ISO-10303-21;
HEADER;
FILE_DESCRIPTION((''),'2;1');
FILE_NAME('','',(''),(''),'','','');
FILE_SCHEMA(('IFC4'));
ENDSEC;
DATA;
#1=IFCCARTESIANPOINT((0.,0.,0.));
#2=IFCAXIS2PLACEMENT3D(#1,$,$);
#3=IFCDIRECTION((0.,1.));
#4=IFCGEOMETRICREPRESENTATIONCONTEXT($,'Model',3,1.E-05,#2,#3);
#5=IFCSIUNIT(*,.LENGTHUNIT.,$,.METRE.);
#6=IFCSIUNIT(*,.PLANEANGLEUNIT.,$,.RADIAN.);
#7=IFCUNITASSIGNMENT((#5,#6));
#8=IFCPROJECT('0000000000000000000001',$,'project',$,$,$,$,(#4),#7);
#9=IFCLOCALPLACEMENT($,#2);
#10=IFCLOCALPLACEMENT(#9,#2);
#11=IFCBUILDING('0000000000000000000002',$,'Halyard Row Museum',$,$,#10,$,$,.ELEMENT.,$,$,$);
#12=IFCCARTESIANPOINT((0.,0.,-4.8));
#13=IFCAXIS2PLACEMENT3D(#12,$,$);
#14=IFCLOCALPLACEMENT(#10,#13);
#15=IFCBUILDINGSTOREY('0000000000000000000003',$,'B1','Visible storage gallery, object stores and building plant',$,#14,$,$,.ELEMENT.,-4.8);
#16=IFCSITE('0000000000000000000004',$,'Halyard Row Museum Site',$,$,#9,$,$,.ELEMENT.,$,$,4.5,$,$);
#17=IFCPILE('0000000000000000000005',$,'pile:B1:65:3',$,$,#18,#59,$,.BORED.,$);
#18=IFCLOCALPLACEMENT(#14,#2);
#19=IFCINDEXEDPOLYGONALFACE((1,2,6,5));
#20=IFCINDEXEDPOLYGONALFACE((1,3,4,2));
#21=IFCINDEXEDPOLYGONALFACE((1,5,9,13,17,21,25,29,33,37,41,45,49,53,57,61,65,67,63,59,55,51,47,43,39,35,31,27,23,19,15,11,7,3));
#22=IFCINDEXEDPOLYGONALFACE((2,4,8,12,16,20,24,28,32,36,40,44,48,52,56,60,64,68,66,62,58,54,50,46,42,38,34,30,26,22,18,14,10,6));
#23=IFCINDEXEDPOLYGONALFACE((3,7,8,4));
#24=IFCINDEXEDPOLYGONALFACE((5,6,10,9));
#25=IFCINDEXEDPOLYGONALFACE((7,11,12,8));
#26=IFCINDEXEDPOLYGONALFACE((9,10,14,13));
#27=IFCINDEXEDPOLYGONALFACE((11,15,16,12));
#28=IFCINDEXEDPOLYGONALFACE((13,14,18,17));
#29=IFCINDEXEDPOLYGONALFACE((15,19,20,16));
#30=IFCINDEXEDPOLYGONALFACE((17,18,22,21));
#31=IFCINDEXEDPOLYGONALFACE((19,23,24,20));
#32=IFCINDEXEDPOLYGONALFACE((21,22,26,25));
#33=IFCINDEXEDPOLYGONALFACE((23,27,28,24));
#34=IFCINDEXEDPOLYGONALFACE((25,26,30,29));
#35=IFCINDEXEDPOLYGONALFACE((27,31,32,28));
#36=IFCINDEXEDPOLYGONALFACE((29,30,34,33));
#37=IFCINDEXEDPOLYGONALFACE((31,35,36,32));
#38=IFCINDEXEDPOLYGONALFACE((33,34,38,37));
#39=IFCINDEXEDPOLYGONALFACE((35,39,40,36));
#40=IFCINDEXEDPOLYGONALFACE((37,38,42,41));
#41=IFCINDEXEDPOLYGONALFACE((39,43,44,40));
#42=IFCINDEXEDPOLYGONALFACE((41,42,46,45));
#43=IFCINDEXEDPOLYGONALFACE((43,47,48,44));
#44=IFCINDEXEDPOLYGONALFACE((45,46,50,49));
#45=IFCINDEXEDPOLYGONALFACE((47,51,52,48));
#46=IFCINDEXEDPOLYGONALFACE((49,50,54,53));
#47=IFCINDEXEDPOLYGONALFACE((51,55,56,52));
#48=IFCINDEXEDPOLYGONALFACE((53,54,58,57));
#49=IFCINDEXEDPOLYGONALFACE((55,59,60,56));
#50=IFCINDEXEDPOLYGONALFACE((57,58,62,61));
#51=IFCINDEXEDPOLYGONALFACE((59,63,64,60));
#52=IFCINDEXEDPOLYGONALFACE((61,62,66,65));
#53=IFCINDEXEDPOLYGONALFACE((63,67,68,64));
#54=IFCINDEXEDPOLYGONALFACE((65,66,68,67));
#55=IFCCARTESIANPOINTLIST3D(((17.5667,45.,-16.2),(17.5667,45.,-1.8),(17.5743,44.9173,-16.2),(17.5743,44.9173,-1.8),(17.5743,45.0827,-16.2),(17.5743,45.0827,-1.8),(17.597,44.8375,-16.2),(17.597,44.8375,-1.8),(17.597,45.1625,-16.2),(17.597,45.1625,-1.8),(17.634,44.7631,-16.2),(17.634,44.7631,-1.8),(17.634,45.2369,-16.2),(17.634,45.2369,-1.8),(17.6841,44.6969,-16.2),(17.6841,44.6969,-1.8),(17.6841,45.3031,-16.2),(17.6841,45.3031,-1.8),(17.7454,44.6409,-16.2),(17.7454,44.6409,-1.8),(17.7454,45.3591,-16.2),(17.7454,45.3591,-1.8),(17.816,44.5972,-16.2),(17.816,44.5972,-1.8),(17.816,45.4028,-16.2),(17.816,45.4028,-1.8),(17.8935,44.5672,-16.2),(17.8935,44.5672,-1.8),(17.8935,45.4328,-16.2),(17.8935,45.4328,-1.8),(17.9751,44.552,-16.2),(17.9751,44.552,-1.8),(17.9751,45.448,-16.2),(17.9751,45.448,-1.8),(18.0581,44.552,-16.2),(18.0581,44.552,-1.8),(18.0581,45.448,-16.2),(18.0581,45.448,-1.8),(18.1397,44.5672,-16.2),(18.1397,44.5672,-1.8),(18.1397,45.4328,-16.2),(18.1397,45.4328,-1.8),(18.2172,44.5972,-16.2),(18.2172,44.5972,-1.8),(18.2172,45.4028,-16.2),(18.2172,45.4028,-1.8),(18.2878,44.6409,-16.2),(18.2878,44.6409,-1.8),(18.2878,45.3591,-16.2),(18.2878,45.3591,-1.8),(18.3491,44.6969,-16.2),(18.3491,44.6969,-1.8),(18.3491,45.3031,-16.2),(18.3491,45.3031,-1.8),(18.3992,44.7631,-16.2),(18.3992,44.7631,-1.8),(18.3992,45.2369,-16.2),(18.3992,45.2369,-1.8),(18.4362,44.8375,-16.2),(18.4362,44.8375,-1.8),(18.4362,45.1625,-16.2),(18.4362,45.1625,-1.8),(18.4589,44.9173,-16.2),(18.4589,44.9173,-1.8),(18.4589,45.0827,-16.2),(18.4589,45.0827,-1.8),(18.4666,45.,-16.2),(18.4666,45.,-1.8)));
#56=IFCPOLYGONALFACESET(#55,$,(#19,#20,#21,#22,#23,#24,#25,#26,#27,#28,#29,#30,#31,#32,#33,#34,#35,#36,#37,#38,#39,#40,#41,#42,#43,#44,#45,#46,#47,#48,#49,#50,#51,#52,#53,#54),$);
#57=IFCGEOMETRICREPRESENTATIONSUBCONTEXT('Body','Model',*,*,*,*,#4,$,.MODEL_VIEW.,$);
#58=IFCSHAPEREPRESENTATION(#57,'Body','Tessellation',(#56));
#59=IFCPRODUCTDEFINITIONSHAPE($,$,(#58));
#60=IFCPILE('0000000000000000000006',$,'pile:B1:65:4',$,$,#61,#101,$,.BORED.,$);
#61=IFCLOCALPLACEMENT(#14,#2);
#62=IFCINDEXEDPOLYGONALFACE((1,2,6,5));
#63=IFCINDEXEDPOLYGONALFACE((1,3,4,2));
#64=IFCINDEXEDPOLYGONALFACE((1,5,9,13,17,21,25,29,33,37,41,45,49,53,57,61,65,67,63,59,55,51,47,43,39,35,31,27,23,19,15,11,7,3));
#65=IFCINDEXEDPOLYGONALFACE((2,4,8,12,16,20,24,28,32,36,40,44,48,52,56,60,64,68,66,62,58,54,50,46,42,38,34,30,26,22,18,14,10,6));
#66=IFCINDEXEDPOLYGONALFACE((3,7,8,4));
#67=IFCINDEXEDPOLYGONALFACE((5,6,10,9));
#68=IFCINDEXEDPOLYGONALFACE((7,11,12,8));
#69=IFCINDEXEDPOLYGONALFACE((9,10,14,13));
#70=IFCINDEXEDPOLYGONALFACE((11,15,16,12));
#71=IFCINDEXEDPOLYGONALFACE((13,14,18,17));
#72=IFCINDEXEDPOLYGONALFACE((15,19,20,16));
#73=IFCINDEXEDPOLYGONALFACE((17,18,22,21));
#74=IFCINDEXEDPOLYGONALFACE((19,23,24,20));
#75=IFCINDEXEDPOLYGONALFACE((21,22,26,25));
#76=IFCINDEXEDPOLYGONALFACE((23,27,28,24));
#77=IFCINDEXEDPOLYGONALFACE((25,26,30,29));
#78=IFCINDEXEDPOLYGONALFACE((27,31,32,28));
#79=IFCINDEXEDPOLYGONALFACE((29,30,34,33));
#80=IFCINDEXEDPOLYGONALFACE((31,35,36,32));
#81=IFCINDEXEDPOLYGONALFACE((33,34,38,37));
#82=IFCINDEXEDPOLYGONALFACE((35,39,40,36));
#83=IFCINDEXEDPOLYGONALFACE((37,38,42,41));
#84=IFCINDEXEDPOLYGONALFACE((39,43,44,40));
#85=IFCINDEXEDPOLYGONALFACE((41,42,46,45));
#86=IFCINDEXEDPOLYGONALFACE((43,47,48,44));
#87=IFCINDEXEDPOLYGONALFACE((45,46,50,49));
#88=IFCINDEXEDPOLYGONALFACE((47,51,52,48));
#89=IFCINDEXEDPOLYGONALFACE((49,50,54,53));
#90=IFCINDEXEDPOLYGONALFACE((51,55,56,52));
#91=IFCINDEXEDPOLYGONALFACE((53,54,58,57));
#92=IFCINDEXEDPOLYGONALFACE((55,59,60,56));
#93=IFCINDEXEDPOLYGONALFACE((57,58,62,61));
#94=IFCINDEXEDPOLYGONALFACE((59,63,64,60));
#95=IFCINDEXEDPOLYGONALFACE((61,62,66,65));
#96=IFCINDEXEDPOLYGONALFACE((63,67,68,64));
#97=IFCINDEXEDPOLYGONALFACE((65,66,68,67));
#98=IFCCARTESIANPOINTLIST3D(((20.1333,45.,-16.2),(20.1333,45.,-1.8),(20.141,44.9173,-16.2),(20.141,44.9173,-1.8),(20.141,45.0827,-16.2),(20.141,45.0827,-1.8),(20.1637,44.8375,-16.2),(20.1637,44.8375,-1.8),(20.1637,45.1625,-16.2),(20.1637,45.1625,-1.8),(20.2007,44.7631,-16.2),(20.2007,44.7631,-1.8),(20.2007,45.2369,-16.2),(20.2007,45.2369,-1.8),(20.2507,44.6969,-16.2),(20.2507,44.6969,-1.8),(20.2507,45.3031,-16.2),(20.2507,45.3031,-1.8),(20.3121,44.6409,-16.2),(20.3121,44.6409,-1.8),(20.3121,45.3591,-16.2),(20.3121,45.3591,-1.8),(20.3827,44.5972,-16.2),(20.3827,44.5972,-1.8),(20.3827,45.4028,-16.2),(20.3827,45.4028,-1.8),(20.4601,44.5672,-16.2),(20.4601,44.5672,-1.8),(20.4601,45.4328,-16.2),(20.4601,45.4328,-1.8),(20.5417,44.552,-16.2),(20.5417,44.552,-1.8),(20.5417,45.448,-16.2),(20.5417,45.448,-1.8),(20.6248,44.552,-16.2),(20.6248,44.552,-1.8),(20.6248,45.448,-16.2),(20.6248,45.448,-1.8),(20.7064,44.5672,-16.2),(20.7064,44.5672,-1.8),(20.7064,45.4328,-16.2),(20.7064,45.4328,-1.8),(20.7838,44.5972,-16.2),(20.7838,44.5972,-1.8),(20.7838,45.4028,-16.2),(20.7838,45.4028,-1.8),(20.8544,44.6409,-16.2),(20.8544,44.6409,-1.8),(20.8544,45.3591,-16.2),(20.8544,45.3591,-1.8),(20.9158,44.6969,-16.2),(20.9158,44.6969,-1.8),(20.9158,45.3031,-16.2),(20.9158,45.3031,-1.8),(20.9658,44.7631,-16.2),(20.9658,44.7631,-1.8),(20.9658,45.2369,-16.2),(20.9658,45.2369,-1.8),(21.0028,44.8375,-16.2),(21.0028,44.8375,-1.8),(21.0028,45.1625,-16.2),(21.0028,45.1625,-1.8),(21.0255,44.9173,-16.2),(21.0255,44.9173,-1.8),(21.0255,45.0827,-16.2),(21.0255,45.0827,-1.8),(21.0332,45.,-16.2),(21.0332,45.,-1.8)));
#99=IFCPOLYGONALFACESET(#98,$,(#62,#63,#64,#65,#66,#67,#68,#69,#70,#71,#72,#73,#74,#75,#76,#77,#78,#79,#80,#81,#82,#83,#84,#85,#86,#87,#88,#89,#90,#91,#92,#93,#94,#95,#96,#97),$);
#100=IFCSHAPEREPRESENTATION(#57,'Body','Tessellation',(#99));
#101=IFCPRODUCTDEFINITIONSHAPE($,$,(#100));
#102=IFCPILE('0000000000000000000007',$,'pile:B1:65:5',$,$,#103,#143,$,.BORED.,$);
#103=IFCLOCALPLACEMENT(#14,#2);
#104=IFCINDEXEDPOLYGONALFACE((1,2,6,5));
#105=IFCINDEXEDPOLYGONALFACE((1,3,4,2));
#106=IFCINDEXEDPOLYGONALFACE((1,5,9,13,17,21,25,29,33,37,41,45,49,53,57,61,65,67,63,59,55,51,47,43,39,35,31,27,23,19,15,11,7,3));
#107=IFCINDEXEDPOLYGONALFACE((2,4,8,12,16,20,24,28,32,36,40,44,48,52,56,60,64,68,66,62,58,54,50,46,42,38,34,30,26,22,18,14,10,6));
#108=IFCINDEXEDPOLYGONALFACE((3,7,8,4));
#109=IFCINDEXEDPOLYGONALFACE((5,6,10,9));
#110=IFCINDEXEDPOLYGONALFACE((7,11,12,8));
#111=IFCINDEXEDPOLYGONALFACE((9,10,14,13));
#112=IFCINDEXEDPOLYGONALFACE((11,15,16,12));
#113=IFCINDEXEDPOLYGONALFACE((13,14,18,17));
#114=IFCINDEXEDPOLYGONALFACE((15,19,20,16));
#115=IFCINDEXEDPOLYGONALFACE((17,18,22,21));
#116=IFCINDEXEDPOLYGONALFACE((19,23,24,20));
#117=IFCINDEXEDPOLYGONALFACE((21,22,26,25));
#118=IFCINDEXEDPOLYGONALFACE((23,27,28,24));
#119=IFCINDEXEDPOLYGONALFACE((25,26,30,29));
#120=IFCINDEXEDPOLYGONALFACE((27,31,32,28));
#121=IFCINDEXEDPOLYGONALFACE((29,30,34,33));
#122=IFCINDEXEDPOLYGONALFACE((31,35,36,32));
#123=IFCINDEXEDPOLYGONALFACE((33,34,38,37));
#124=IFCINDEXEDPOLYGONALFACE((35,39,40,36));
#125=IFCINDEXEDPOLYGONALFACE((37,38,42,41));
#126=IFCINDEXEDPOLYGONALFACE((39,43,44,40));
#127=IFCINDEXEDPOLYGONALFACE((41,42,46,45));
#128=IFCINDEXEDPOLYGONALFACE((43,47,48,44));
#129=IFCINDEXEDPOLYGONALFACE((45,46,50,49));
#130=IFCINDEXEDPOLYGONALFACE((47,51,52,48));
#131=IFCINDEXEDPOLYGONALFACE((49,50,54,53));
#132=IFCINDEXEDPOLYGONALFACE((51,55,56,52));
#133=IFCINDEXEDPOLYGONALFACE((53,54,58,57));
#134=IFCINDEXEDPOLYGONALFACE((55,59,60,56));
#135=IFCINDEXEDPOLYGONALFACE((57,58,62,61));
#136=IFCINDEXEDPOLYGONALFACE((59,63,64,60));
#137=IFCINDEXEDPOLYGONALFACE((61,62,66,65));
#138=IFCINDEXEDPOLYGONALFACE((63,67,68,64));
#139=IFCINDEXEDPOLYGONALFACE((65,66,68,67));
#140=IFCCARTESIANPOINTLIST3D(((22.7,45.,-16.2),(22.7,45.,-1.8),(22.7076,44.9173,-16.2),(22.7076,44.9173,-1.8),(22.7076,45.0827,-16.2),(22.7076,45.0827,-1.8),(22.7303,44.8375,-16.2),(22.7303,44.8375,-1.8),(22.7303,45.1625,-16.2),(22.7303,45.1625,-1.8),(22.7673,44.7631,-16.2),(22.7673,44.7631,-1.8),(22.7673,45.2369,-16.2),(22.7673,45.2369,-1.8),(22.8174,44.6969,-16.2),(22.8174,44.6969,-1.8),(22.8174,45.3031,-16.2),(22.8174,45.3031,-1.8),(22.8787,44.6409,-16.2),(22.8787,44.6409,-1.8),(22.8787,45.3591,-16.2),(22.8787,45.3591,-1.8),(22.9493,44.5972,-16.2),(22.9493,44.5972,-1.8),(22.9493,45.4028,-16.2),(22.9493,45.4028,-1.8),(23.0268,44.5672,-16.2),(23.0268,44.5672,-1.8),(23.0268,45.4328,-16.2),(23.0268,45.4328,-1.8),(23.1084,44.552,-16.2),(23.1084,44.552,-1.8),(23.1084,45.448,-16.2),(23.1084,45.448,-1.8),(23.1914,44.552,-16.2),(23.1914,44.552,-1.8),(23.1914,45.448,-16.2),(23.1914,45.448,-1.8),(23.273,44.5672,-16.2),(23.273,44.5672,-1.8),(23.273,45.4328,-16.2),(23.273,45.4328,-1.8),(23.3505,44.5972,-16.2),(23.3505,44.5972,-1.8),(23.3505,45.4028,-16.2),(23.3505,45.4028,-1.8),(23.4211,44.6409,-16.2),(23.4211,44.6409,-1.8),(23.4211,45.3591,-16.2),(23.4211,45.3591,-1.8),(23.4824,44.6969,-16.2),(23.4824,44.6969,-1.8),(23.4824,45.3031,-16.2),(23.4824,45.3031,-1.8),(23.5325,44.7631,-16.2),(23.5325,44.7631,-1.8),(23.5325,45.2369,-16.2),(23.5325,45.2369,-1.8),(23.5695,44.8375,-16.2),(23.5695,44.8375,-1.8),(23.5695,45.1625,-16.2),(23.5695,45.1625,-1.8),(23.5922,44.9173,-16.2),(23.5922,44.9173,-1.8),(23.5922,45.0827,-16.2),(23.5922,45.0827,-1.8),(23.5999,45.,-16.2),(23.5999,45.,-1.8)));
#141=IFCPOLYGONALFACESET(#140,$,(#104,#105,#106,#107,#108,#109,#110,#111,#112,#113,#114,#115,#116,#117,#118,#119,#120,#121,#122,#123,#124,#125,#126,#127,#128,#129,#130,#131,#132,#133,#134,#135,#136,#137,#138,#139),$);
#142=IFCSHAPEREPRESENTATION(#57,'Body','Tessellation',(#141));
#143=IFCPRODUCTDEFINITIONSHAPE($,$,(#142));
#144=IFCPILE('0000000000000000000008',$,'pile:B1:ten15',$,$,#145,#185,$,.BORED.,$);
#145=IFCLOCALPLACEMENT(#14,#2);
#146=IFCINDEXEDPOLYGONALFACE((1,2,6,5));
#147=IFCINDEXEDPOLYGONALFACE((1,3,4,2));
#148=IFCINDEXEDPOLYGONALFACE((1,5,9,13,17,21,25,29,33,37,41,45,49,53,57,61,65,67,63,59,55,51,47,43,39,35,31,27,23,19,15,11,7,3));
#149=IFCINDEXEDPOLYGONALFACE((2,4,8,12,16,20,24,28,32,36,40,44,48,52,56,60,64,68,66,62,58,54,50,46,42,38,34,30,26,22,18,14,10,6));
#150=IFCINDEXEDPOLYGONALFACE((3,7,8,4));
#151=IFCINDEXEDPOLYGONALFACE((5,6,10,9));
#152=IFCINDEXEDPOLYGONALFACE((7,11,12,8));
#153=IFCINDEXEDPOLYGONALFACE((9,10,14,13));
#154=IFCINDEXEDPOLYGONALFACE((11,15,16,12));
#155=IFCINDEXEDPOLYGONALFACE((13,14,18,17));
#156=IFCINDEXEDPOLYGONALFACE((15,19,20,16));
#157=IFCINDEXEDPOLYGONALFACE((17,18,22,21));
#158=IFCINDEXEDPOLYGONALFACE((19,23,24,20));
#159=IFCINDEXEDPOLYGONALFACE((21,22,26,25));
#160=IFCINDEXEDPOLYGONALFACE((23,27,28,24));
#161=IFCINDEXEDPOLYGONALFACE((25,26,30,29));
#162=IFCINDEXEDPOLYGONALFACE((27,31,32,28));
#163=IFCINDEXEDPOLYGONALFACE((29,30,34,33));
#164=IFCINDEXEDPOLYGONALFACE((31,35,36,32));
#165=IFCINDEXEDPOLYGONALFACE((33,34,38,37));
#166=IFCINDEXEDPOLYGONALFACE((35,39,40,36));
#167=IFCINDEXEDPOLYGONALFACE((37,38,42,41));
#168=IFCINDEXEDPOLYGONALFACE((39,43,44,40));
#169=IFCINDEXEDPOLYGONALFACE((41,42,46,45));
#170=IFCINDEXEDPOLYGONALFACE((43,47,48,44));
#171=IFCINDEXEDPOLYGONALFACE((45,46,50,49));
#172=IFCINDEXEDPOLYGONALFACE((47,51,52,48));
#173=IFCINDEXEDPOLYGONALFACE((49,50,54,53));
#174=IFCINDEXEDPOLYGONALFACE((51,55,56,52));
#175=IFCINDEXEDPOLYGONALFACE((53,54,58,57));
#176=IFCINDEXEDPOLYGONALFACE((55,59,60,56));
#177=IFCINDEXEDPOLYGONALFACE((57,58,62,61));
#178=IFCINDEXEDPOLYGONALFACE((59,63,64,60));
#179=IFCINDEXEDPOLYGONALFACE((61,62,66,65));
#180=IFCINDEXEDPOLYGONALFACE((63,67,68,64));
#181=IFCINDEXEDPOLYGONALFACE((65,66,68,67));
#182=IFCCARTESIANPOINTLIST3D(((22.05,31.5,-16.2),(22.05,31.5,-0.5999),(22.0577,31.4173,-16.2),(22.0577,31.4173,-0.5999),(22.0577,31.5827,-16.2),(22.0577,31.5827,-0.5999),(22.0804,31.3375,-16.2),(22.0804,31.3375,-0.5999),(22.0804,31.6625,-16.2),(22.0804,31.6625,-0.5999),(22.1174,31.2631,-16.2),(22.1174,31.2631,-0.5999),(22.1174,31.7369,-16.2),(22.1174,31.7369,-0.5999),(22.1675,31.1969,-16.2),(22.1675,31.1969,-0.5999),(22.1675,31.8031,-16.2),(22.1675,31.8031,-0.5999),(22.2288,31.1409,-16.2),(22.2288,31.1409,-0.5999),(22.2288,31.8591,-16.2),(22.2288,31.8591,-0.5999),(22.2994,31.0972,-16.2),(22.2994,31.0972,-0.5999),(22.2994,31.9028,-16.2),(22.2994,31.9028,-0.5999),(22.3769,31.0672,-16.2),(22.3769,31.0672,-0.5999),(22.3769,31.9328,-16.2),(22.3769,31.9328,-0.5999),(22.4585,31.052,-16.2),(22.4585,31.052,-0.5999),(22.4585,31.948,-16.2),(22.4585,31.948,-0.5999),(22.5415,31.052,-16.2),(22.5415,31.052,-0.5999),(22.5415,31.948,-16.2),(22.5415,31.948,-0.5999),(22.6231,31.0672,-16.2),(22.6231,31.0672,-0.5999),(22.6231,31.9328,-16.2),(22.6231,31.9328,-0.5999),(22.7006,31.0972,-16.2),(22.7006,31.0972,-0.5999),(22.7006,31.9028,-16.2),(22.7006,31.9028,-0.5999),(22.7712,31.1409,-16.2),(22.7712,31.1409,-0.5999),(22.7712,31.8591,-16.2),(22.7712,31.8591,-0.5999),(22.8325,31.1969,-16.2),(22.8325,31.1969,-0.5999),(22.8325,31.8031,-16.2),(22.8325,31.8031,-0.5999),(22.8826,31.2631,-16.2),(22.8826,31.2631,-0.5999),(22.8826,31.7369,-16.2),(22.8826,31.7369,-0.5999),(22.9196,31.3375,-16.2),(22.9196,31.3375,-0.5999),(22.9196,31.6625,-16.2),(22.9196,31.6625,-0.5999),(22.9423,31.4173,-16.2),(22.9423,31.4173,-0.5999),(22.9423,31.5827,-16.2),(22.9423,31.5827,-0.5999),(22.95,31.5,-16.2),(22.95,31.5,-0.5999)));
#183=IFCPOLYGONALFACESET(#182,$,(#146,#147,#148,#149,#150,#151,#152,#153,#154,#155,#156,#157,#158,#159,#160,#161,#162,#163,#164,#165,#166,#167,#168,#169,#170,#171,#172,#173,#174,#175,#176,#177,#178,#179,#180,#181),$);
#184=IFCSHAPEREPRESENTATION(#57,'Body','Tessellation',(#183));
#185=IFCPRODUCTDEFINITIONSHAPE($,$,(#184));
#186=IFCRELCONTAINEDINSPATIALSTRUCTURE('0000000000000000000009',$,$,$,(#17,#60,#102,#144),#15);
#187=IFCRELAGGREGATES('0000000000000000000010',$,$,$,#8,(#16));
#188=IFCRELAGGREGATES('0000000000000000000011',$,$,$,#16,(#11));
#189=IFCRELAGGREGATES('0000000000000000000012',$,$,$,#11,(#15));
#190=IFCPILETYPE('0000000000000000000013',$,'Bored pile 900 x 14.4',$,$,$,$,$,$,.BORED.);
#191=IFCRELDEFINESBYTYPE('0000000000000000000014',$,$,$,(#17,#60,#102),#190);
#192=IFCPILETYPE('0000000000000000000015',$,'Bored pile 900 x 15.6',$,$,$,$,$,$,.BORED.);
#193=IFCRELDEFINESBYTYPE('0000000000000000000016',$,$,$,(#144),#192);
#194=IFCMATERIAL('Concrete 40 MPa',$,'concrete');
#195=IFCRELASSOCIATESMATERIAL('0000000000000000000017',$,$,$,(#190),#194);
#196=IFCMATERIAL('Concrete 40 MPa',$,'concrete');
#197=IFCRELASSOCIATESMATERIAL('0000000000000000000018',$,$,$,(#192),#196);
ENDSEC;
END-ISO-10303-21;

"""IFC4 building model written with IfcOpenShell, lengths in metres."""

from ifc_helpers import new_model, si_unit, direction, frame, origin, origin_2d, place, context, subcontext, project, spatial, circle, extrude, material, material_profile, profile_set, type_object, element, save


model = new_model("IFC4")

# Units and contexts
model_context = context("Model", 3, precision=1e-05, world=origin(), true_north=direction((0.0, 1.0)))
body_context = subcontext(model_context, "Body", "Model", "MODEL_VIEW")
ifc_project = project(units=[si_unit("LENGTHUNIT", "METRE"), si_unit("PLANEANGLEUNIT", "RADIAN")], contexts=[model_context])

# Site, building, storey
site_placement = place(None, origin())
site = spatial("IfcSite", under=ifc_project, at=site_placement, Name="Halyard Row Museum Site", CompositionType="ELEMENT", RefElevation=4.5)
building_placement = place(site_placement, origin())
building = spatial("IfcBuilding", under=site, at=building_placement, Name="Halyard Row Museum", CompositionType="ELEMENT")
storey_placement = place(building_placement, frame((0.0, 0.0, -4.8)))
storey = spatial("IfcBuildingStorey", under=building, at=storey_placement, Name="B1", Description="Visible storage gallery, object stores and building plant", CompositionType="ELEMENT", Elevation=-4.8)

# Piles
ifc_material_1 = material(Name="Concrete 40 MPa", Category="concrete")
ifc_material_profile_1 = material_profile(ifc_material_1, circle(Radius=0.45, at=origin_2d()), Name="Bored pile 900 x 14.4")
ifc_profile_set_1 = profile_set([ifc_material_profile_1], Name="Concrete 40 MPa")
pile_type_1 = type_object("IfcPileType", Name="Bored pile 900 x 14.4", PredefinedType="BORED", material=ifc_profile_set_1)
for number, where, z_axis, x_axis, name in (
    (1, (18.0166, 45.0, -1.8), (0.0, 0.0, -1.0), (1.0, 0.0, 0.0), "pile:B1:65:3"),
    (2, (20.5833, 45.0, -1.8), (0.0, 0.0, -1.0), (1.0, 0.0, 0.0), "pile:B1:65:4"),
    (3, (23.1499, 45.0, -1.8), (0.0, 0.0, -1.0), (1.0, 0.0, 0.0), "pile:B1:65:5"),
):
    element("IfcPile", number, at=place(storey_placement, frame(where, z_axis=z_axis, x_axis=x_axis)), inside=storey, type_object=pile_type_1, Name=name, PredefinedType="BORED", context=body_context, shape_type="SweptSolid", body=[
        extrude(circle(Radius=0.45, at=origin_2d()), origin(), (0.0, 0.0, 1.0), 14.3999),
    ])
ifc_material_2 = material(Name="Concrete 40 MPa", Category="concrete")
ifc_material_profile_2 = material_profile(ifc_material_2, circle(Radius=0.45, at=origin_2d()), Name="Bored pile 900 x 15.6")
ifc_profile_set_2 = profile_set([ifc_material_profile_2], Name="Concrete 40 MPa")
pile_type_2 = type_object("IfcPileType", Name="Bored pile 900 x 15.6", PredefinedType="BORED", material=ifc_profile_set_2)
for number, where, z_axis, x_axis, name in (
    (4, (22.5, 31.5, -0.5999), (0.0, 0.0, -1.0), (1.0, 0.0, 0.0), "pile:B1:ten15"),
):
    element("IfcPile", number, at=place(storey_placement, frame(where, z_axis=z_axis, x_axis=x_axis)), inside=storey, type_object=pile_type_2, Name=name, PredefinedType="BORED", context=body_context, shape_type="SweptSolid", body=[
        extrude(circle(Radius=0.45, at=origin_2d()), origin(), (0.0, 0.0, 1.0), 15.6001),
    ])

save(model, "model.ifc")
